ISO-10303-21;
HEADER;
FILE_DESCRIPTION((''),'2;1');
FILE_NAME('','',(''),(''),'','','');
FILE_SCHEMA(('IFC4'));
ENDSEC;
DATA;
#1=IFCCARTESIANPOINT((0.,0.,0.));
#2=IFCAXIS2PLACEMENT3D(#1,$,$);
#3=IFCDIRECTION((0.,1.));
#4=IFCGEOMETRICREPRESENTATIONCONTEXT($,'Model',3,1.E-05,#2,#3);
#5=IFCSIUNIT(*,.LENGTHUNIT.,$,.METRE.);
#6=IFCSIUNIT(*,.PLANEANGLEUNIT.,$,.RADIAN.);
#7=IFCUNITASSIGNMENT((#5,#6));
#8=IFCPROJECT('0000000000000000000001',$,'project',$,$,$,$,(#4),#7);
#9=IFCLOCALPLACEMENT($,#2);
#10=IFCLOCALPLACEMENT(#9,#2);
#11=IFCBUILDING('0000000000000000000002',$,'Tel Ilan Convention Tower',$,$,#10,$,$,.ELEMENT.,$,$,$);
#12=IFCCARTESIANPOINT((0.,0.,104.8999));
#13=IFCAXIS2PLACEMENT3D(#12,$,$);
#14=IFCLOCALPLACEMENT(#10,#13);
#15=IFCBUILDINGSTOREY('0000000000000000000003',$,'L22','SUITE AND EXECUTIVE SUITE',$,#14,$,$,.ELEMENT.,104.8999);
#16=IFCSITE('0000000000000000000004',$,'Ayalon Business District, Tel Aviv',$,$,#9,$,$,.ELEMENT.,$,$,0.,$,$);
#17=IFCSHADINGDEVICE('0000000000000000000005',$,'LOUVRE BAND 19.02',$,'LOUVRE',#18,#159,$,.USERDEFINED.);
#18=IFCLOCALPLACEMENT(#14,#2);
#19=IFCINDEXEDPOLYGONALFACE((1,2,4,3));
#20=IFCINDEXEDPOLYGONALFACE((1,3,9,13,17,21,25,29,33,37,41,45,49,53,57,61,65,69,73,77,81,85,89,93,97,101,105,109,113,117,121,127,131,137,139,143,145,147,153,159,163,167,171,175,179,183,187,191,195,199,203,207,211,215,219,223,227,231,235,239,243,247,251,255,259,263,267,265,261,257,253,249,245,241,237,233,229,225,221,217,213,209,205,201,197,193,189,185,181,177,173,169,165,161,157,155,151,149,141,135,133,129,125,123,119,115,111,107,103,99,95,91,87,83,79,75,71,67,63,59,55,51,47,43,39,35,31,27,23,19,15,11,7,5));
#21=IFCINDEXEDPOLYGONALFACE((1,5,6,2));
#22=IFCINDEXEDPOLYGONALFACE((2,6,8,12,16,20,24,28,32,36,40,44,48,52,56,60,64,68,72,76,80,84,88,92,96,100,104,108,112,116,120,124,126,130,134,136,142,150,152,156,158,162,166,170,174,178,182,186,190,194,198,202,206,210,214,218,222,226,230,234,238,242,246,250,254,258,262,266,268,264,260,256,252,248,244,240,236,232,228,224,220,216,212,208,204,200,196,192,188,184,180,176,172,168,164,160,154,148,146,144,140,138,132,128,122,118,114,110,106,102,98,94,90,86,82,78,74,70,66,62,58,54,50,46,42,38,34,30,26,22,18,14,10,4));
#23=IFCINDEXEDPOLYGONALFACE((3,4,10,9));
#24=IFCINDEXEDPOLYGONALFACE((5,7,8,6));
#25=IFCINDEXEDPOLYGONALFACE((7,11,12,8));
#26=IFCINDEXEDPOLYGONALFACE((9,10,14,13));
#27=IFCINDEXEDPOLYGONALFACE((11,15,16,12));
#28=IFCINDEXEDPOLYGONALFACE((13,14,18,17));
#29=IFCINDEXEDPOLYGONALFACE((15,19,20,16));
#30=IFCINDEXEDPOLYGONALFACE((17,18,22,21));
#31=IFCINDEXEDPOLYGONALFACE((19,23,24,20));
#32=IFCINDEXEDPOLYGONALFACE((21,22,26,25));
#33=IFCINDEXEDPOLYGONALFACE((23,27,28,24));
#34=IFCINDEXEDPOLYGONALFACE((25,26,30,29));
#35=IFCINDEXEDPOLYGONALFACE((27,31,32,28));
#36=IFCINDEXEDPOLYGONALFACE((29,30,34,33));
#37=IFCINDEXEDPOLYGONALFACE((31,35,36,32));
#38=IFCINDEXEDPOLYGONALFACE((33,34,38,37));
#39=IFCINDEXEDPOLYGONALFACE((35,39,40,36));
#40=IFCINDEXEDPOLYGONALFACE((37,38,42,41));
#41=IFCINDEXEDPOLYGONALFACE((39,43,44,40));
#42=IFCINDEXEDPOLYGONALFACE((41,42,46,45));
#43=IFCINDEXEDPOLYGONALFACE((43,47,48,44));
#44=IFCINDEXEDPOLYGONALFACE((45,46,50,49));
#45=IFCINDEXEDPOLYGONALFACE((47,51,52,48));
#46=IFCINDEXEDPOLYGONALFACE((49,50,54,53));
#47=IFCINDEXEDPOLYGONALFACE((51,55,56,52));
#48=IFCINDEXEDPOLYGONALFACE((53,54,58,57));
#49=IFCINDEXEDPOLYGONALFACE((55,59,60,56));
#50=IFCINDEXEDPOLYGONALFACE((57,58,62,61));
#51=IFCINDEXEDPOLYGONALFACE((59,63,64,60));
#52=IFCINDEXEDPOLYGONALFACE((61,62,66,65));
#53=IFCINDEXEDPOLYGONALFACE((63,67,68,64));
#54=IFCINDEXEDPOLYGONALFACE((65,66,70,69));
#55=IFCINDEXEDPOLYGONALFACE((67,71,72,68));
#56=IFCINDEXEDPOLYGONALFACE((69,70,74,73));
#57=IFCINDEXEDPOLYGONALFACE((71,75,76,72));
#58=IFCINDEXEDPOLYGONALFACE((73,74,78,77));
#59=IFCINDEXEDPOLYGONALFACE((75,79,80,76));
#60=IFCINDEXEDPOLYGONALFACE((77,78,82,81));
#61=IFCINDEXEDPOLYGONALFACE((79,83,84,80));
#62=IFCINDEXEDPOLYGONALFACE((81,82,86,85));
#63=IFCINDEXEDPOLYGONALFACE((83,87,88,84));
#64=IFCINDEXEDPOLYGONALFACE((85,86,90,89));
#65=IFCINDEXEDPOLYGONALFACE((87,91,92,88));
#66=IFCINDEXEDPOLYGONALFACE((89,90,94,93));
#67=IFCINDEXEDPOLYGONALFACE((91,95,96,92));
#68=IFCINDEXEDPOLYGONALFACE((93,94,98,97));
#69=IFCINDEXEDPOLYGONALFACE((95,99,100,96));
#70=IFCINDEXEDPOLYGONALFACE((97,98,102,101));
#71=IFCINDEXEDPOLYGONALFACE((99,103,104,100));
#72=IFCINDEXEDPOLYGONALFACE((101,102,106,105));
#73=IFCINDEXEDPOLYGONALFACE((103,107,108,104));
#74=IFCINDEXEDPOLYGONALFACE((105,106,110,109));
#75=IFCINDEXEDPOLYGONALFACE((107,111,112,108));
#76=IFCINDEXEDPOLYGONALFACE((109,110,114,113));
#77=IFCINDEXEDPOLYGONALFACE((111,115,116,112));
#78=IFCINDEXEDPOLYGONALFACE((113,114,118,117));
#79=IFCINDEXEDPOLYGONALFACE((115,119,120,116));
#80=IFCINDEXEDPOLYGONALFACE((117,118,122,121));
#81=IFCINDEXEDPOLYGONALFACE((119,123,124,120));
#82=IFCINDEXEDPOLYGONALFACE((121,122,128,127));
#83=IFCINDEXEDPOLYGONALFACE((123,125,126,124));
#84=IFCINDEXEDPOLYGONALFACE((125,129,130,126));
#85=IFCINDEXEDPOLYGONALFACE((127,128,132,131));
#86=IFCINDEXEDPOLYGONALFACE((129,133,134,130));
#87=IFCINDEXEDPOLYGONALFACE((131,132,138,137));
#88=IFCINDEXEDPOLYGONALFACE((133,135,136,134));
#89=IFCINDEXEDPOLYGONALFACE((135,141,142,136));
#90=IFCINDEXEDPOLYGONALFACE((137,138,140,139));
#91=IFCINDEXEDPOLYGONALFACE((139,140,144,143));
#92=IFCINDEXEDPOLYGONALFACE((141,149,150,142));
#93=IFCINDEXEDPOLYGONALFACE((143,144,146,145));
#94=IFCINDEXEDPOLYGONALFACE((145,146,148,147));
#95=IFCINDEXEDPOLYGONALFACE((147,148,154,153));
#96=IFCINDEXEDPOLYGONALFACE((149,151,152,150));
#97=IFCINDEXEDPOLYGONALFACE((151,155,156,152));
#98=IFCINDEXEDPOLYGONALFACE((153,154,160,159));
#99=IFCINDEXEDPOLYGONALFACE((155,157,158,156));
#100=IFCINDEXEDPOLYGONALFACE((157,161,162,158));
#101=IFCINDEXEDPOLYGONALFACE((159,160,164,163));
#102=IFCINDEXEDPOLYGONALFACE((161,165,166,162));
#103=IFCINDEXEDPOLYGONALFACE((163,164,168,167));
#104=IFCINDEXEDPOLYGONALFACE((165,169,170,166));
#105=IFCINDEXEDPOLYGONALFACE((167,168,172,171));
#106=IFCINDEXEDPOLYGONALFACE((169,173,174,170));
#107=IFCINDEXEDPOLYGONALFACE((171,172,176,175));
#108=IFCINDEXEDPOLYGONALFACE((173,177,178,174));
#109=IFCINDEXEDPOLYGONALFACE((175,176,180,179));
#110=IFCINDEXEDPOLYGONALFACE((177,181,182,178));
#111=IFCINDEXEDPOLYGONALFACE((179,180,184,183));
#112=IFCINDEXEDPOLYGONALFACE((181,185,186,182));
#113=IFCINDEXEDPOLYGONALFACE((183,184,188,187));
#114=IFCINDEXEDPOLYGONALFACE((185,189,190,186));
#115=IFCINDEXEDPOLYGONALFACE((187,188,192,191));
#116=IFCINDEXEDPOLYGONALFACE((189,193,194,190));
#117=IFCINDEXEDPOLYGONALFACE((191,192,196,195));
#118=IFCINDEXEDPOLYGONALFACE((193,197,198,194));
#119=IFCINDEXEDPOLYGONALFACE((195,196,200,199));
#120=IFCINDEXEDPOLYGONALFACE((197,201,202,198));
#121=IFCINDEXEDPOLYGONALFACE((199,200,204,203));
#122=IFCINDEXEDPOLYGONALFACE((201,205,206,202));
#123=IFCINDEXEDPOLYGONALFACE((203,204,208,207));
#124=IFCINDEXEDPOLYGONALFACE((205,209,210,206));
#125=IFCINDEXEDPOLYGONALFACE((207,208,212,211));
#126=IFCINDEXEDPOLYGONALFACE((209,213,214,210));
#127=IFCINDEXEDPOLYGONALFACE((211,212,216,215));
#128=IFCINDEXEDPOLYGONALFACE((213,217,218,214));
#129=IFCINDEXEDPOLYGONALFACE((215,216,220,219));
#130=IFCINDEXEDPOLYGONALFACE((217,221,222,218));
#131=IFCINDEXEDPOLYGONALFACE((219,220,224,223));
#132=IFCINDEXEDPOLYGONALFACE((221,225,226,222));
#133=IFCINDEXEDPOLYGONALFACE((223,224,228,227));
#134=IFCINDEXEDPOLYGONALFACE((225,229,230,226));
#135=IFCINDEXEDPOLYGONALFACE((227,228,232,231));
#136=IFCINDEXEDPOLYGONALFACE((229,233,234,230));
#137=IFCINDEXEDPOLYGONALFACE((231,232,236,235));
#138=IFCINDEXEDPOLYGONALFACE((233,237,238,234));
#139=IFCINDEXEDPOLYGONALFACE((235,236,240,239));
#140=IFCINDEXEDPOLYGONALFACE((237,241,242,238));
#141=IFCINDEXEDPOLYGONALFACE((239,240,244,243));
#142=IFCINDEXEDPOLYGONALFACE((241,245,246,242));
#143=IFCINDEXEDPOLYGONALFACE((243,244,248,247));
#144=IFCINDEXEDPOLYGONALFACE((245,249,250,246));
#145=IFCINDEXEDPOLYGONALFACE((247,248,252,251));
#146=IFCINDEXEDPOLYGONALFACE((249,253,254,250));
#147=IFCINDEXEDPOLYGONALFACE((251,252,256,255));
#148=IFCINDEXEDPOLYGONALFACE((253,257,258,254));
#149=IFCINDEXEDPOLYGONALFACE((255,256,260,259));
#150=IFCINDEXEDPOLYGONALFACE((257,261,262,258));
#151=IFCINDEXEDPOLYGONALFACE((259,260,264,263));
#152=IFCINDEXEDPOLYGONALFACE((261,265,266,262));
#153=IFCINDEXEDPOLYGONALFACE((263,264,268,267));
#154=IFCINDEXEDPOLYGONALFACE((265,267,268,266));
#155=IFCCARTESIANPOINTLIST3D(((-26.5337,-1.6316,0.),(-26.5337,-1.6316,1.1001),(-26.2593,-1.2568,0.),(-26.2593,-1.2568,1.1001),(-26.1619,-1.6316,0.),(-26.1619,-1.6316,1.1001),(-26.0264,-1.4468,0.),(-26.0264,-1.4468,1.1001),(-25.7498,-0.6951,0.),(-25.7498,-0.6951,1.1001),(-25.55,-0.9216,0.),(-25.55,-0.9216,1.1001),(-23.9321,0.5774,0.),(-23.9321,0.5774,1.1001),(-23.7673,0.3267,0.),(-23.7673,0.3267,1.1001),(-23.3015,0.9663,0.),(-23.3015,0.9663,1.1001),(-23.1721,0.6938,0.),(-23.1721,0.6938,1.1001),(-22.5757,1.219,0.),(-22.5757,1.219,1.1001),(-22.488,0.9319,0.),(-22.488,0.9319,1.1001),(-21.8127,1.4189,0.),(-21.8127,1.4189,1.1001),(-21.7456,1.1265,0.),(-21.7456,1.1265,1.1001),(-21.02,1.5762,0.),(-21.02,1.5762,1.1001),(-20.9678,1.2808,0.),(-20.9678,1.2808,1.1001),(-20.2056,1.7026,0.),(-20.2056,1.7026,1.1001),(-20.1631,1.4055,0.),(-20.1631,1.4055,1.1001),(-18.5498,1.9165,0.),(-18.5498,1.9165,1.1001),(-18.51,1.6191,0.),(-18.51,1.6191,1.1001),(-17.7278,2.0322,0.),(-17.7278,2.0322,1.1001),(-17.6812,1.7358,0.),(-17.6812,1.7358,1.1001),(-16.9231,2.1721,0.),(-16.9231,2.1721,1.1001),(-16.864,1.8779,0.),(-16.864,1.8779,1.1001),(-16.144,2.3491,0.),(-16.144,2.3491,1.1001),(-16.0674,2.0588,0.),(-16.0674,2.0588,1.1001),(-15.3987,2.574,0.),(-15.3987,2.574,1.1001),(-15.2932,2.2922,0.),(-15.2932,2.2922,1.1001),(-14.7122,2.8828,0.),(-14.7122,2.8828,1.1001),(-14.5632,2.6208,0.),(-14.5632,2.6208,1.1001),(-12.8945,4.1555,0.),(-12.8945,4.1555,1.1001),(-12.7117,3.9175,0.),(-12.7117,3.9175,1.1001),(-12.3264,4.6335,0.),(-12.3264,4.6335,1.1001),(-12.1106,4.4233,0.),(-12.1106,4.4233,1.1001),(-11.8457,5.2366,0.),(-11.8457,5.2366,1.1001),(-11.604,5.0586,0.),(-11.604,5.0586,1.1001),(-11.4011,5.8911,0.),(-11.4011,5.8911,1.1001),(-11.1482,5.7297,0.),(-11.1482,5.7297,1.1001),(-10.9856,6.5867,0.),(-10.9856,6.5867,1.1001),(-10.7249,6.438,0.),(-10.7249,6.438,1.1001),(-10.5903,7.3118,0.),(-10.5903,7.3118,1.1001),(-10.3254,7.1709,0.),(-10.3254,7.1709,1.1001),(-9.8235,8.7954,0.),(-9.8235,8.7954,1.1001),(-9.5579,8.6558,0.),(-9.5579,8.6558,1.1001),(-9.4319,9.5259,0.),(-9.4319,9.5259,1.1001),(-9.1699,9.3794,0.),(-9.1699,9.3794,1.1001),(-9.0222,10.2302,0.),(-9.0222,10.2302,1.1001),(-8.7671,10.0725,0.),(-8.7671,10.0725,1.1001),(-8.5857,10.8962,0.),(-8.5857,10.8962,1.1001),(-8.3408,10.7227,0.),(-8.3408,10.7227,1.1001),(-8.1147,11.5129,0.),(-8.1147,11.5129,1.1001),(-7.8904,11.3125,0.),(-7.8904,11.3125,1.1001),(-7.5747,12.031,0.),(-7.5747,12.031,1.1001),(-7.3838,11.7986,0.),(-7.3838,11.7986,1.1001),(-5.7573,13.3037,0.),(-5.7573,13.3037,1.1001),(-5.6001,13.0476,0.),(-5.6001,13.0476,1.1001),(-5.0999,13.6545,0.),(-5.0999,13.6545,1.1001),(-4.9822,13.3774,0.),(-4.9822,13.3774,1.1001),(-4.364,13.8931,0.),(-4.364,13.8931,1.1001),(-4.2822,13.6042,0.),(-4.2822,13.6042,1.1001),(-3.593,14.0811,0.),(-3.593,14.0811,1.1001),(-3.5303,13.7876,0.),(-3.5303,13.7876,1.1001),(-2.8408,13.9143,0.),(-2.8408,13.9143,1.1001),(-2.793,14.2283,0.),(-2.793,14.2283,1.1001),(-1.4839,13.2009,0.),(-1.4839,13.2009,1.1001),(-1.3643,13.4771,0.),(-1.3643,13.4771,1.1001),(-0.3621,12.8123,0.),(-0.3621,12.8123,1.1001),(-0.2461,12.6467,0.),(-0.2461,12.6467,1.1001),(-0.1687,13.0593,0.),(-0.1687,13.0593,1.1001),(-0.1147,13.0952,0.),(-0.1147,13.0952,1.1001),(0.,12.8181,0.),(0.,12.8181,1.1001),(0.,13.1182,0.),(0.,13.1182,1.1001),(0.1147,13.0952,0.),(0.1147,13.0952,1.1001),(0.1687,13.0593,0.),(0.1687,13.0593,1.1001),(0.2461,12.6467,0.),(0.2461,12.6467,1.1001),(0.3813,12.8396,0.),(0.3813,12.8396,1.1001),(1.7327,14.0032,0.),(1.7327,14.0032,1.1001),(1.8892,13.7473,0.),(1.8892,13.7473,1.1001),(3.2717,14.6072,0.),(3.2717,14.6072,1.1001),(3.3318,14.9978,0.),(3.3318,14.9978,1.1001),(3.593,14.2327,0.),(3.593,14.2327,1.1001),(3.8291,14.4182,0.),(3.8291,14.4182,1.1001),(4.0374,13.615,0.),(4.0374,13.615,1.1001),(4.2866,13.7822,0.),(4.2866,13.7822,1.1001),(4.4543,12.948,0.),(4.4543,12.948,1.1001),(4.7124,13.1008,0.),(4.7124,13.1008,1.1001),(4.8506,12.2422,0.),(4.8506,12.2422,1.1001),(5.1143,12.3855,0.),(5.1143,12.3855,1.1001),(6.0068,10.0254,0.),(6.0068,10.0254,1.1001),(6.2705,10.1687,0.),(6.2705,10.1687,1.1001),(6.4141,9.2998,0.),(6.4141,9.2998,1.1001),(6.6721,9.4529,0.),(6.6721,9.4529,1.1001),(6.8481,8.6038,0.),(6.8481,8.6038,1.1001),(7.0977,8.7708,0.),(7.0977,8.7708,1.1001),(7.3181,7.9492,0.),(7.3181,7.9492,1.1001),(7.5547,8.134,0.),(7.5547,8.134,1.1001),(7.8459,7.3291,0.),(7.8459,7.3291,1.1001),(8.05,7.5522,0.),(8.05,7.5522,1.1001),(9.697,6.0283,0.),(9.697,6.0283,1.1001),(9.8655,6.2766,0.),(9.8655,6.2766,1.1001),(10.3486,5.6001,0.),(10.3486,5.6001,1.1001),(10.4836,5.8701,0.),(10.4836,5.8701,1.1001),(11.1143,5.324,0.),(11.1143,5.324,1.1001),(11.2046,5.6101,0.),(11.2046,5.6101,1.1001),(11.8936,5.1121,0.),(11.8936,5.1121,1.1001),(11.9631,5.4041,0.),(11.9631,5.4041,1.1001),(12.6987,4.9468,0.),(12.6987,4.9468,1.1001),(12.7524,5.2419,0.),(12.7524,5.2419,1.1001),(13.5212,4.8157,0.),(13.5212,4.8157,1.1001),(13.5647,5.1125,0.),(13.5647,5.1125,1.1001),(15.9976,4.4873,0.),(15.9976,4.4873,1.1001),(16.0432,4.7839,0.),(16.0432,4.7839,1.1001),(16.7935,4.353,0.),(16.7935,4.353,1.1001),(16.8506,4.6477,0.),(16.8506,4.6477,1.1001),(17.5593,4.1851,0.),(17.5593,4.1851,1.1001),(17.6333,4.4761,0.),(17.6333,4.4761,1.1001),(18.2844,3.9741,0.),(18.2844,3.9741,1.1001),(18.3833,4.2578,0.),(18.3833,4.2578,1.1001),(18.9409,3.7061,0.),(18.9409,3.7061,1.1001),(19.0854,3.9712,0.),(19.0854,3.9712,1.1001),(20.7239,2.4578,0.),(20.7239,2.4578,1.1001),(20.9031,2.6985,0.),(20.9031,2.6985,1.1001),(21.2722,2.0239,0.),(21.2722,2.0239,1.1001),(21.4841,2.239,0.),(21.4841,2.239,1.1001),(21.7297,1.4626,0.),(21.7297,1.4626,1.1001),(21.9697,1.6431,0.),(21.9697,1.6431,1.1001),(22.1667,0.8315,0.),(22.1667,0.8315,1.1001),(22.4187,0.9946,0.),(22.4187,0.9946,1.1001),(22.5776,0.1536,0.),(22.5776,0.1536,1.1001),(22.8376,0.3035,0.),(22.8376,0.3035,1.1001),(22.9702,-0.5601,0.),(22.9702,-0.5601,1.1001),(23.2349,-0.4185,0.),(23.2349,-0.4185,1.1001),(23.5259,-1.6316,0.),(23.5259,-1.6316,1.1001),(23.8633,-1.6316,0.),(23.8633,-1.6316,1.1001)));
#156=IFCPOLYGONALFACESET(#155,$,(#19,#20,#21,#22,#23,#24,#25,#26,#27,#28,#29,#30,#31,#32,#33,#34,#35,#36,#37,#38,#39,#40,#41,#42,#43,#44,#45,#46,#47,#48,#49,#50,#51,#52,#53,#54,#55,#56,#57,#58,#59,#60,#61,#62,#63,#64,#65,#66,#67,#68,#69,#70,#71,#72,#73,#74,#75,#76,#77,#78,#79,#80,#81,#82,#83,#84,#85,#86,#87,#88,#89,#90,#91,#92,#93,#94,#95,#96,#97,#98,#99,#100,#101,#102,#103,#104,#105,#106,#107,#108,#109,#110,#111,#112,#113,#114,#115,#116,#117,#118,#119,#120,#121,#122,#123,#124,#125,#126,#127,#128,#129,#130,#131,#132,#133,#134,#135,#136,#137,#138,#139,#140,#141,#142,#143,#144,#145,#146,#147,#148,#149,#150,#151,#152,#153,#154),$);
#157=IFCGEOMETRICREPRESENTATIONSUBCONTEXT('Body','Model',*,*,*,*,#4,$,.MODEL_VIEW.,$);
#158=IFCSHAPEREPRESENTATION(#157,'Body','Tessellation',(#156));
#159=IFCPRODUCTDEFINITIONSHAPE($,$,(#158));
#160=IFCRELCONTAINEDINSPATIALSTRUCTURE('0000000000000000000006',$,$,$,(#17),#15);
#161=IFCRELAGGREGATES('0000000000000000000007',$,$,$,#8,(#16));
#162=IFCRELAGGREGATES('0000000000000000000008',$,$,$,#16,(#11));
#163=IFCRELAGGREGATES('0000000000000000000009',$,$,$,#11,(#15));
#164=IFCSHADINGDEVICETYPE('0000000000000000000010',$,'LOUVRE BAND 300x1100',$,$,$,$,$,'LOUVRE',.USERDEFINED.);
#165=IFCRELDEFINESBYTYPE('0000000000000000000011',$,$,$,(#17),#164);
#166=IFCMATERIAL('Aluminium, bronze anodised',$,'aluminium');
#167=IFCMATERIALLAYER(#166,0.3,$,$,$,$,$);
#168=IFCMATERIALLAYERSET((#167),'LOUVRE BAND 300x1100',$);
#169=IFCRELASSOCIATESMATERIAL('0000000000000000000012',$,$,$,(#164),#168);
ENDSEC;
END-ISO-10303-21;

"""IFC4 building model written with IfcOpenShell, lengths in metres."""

from ifc_helpers import new_model, si_unit, direction, frame, origin, place, context, subcontext, project, spatial, polyline, outline, extrude, material, layer, layer_set, type_object, element, save


model = new_model("IFC4")

# Units and contexts
model_context = context("Model", 3, precision=1e-05, world=origin(), true_north=direction((0.0, 1.0)))
body_context = subcontext(model_context, "Body", "Model", "MODEL_VIEW")
ifc_project = project(units=[si_unit("LENGTHUNIT", "METRE"), si_unit("PLANEANGLEUNIT", "RADIAN")], contexts=[model_context])

# Site, building, storey
site_placement = place(None, origin())
site = spatial("IfcSite", under=ifc_project, at=site_placement, Name="Ayalon Business District, Tel Aviv", CompositionType="ELEMENT", RefElevation=0.0)
building_placement = place(site_placement, origin())
building = spatial("IfcBuilding", under=site, at=building_placement, Name="Tel Ilan Convention Tower", CompositionType="ELEMENT")
storey_placement = place(building_placement, frame((0.0, 0.0, 104.8999)))
storey = spatial("IfcBuildingStorey", under=building, at=storey_placement, Name="L22", Description="SUITE AND EXECUTIVE SUITE", CompositionType="ELEMENT", Elevation=104.8999)

# Shading device
ifc_material_1 = material(Name="Aluminium, bronze anodised", Category="aluminium")
ifc_layer_1 = layer(ifc_material_1, 0.3)
ifc_layer_set_1 = layer_set([ifc_layer_1], Name="LOUVRE BAND 300x1100")
shading_device_type_1 = type_object("IfcShadingDeviceType", Name="LOUVRE BAND 300x1100", ElementType="LOUVRE", PredefinedType="USERDEFINED", material=ifc_layer_set_1)
shading_device_1_placement = place(storey_placement, origin())
element("IfcShadingDevice", 1, at=shading_device_1_placement, inside=storey, type_object=shading_device_type_1, Name="LOUVRE BAND 19.02", ObjectType="LOUVRE", PredefinedType="USERDEFINED", context=body_context, shape_type="SweptSolid", body=[
    extrude(outline(polyline([(-26.2593, -1.2568), (-26.5337, -1.6316), (-26.1619, -1.6316), (-26.0264, -1.4468), (-25.55, -0.9216), (-23.7673, 0.3267), (-23.1721, 0.6938), (-22.488, 0.9319), (-21.7456, 1.1265), (-20.9678, 1.2808), (-20.1631, 1.4055), (-18.51, 1.6191), (-17.6812, 1.7358), (-16.864, 1.8779), (-16.0674, 2.0588), (-15.2932, 2.2922), (-14.5632, 2.6208), (-12.7117, 3.9175), (-12.1106, 4.4233), (-11.604, 5.0586), (-11.1482, 5.7297), (-10.7249, 6.438), (-10.3254, 7.1709), (-9.5579, 8.6558), (-9.1699, 9.3794), (-8.7671, 10.0725), (-8.3408, 10.7227), (-7.8904, 11.3125), (-7.3838, 11.7986), (-5.6001, 13.0476), (-4.9822, 13.3774), (-4.2822, 13.6042), (-3.5303, 13.7876), (-2.8408, 13.9143), (-1.4839, 13.2009), (-0.3621, 12.8123), (-0.2461, 12.6467), (0.0, 12.8181), (0.2461, 12.6467), (0.3813, 12.8396), (1.8892, 13.7473), (3.2717, 14.6072), (3.593, 14.2327), (4.0374, 13.615), (4.4543, 12.948), (4.8506, 12.2422), (6.0068, 10.0254), (6.4141, 9.2998), (6.8481, 8.6038), (7.3181, 7.9492), (7.8459, 7.3291), (9.697, 6.0283), (10.3486, 5.6001), (11.1143, 5.324), (11.8936, 5.1121), (12.6987, 4.9468), (13.5212, 4.8157), (15.9976, 4.4873), (16.7935, 4.353), (17.5593, 4.1851), (18.2844, 3.9741), (18.9409, 3.7061), (20.7239, 2.4578), (21.2722, 2.0239), (21.7297, 1.4626), (22.1667, 0.8315), (22.5776, 0.1536), (22.9702, -0.5601), (23.5259, -1.6316), (23.8633, -1.6316), (23.2349, -0.4185), (22.8376, 0.3035), (22.4187, 0.9946), (21.9697, 1.6431), (21.4841, 2.239), (20.9031, 2.6985), (19.0854, 3.9712), (18.3833, 4.2578), (17.6333, 4.4761), (16.8506, 4.6477), (16.0432, 4.7839), (13.5647, 5.1125), (12.7524, 5.2419), (11.9631, 5.4041), (11.2046, 5.6101), (10.4836, 5.8701), (9.8655, 6.2766), (8.05, 7.5522), (7.5547, 8.134), (7.0977, 8.7708), (6.6721, 9.4529), (6.2705, 10.1687), (5.1143, 12.3855), (4.7124, 13.1008), (4.2866, 13.7822), (3.8291, 14.4182), (3.3318, 14.9978), (1.7327, 14.0032), (0.1687, 13.0593), (0.1147, 13.0952), (0.0, 13.1182), (-0.1147, 13.0952), (-0.1687, 13.0593), (-1.3643, 13.4771), (-2.793, 14.2283), (-3.593, 14.0811), (-4.364, 13.8931), (-5.0999, 13.6545), (-5.7573, 13.3037), (-7.5747, 12.031), (-8.1147, 11.5129), (-8.5857, 10.8962), (-9.0222, 10.2302), (-9.4319, 9.5259), (-9.8235, 8.7954), (-10.5903, 7.3118), (-10.9856, 6.5867), (-11.4011, 5.8911), (-11.8457, 5.2366), (-12.3264, 4.6335), (-12.8945, 4.1555), (-14.7122, 2.8828), (-15.3987, 2.574), (-16.144, 2.3491), (-16.9231, 2.1721), (-17.7278, 2.0322), (-18.5498, 1.9165), (-20.2056, 1.7026), (-21.02, 1.5762), (-21.8127, 1.4189), (-22.5757, 1.219), (-23.3015, 0.9663), (-23.9321, 0.5774), (-25.7498, -0.6951), (-26.2593, -1.2568)])), origin(), (0.0, 0.0, 1.0), 1.1001),
])

save(model, "model.ifc")
